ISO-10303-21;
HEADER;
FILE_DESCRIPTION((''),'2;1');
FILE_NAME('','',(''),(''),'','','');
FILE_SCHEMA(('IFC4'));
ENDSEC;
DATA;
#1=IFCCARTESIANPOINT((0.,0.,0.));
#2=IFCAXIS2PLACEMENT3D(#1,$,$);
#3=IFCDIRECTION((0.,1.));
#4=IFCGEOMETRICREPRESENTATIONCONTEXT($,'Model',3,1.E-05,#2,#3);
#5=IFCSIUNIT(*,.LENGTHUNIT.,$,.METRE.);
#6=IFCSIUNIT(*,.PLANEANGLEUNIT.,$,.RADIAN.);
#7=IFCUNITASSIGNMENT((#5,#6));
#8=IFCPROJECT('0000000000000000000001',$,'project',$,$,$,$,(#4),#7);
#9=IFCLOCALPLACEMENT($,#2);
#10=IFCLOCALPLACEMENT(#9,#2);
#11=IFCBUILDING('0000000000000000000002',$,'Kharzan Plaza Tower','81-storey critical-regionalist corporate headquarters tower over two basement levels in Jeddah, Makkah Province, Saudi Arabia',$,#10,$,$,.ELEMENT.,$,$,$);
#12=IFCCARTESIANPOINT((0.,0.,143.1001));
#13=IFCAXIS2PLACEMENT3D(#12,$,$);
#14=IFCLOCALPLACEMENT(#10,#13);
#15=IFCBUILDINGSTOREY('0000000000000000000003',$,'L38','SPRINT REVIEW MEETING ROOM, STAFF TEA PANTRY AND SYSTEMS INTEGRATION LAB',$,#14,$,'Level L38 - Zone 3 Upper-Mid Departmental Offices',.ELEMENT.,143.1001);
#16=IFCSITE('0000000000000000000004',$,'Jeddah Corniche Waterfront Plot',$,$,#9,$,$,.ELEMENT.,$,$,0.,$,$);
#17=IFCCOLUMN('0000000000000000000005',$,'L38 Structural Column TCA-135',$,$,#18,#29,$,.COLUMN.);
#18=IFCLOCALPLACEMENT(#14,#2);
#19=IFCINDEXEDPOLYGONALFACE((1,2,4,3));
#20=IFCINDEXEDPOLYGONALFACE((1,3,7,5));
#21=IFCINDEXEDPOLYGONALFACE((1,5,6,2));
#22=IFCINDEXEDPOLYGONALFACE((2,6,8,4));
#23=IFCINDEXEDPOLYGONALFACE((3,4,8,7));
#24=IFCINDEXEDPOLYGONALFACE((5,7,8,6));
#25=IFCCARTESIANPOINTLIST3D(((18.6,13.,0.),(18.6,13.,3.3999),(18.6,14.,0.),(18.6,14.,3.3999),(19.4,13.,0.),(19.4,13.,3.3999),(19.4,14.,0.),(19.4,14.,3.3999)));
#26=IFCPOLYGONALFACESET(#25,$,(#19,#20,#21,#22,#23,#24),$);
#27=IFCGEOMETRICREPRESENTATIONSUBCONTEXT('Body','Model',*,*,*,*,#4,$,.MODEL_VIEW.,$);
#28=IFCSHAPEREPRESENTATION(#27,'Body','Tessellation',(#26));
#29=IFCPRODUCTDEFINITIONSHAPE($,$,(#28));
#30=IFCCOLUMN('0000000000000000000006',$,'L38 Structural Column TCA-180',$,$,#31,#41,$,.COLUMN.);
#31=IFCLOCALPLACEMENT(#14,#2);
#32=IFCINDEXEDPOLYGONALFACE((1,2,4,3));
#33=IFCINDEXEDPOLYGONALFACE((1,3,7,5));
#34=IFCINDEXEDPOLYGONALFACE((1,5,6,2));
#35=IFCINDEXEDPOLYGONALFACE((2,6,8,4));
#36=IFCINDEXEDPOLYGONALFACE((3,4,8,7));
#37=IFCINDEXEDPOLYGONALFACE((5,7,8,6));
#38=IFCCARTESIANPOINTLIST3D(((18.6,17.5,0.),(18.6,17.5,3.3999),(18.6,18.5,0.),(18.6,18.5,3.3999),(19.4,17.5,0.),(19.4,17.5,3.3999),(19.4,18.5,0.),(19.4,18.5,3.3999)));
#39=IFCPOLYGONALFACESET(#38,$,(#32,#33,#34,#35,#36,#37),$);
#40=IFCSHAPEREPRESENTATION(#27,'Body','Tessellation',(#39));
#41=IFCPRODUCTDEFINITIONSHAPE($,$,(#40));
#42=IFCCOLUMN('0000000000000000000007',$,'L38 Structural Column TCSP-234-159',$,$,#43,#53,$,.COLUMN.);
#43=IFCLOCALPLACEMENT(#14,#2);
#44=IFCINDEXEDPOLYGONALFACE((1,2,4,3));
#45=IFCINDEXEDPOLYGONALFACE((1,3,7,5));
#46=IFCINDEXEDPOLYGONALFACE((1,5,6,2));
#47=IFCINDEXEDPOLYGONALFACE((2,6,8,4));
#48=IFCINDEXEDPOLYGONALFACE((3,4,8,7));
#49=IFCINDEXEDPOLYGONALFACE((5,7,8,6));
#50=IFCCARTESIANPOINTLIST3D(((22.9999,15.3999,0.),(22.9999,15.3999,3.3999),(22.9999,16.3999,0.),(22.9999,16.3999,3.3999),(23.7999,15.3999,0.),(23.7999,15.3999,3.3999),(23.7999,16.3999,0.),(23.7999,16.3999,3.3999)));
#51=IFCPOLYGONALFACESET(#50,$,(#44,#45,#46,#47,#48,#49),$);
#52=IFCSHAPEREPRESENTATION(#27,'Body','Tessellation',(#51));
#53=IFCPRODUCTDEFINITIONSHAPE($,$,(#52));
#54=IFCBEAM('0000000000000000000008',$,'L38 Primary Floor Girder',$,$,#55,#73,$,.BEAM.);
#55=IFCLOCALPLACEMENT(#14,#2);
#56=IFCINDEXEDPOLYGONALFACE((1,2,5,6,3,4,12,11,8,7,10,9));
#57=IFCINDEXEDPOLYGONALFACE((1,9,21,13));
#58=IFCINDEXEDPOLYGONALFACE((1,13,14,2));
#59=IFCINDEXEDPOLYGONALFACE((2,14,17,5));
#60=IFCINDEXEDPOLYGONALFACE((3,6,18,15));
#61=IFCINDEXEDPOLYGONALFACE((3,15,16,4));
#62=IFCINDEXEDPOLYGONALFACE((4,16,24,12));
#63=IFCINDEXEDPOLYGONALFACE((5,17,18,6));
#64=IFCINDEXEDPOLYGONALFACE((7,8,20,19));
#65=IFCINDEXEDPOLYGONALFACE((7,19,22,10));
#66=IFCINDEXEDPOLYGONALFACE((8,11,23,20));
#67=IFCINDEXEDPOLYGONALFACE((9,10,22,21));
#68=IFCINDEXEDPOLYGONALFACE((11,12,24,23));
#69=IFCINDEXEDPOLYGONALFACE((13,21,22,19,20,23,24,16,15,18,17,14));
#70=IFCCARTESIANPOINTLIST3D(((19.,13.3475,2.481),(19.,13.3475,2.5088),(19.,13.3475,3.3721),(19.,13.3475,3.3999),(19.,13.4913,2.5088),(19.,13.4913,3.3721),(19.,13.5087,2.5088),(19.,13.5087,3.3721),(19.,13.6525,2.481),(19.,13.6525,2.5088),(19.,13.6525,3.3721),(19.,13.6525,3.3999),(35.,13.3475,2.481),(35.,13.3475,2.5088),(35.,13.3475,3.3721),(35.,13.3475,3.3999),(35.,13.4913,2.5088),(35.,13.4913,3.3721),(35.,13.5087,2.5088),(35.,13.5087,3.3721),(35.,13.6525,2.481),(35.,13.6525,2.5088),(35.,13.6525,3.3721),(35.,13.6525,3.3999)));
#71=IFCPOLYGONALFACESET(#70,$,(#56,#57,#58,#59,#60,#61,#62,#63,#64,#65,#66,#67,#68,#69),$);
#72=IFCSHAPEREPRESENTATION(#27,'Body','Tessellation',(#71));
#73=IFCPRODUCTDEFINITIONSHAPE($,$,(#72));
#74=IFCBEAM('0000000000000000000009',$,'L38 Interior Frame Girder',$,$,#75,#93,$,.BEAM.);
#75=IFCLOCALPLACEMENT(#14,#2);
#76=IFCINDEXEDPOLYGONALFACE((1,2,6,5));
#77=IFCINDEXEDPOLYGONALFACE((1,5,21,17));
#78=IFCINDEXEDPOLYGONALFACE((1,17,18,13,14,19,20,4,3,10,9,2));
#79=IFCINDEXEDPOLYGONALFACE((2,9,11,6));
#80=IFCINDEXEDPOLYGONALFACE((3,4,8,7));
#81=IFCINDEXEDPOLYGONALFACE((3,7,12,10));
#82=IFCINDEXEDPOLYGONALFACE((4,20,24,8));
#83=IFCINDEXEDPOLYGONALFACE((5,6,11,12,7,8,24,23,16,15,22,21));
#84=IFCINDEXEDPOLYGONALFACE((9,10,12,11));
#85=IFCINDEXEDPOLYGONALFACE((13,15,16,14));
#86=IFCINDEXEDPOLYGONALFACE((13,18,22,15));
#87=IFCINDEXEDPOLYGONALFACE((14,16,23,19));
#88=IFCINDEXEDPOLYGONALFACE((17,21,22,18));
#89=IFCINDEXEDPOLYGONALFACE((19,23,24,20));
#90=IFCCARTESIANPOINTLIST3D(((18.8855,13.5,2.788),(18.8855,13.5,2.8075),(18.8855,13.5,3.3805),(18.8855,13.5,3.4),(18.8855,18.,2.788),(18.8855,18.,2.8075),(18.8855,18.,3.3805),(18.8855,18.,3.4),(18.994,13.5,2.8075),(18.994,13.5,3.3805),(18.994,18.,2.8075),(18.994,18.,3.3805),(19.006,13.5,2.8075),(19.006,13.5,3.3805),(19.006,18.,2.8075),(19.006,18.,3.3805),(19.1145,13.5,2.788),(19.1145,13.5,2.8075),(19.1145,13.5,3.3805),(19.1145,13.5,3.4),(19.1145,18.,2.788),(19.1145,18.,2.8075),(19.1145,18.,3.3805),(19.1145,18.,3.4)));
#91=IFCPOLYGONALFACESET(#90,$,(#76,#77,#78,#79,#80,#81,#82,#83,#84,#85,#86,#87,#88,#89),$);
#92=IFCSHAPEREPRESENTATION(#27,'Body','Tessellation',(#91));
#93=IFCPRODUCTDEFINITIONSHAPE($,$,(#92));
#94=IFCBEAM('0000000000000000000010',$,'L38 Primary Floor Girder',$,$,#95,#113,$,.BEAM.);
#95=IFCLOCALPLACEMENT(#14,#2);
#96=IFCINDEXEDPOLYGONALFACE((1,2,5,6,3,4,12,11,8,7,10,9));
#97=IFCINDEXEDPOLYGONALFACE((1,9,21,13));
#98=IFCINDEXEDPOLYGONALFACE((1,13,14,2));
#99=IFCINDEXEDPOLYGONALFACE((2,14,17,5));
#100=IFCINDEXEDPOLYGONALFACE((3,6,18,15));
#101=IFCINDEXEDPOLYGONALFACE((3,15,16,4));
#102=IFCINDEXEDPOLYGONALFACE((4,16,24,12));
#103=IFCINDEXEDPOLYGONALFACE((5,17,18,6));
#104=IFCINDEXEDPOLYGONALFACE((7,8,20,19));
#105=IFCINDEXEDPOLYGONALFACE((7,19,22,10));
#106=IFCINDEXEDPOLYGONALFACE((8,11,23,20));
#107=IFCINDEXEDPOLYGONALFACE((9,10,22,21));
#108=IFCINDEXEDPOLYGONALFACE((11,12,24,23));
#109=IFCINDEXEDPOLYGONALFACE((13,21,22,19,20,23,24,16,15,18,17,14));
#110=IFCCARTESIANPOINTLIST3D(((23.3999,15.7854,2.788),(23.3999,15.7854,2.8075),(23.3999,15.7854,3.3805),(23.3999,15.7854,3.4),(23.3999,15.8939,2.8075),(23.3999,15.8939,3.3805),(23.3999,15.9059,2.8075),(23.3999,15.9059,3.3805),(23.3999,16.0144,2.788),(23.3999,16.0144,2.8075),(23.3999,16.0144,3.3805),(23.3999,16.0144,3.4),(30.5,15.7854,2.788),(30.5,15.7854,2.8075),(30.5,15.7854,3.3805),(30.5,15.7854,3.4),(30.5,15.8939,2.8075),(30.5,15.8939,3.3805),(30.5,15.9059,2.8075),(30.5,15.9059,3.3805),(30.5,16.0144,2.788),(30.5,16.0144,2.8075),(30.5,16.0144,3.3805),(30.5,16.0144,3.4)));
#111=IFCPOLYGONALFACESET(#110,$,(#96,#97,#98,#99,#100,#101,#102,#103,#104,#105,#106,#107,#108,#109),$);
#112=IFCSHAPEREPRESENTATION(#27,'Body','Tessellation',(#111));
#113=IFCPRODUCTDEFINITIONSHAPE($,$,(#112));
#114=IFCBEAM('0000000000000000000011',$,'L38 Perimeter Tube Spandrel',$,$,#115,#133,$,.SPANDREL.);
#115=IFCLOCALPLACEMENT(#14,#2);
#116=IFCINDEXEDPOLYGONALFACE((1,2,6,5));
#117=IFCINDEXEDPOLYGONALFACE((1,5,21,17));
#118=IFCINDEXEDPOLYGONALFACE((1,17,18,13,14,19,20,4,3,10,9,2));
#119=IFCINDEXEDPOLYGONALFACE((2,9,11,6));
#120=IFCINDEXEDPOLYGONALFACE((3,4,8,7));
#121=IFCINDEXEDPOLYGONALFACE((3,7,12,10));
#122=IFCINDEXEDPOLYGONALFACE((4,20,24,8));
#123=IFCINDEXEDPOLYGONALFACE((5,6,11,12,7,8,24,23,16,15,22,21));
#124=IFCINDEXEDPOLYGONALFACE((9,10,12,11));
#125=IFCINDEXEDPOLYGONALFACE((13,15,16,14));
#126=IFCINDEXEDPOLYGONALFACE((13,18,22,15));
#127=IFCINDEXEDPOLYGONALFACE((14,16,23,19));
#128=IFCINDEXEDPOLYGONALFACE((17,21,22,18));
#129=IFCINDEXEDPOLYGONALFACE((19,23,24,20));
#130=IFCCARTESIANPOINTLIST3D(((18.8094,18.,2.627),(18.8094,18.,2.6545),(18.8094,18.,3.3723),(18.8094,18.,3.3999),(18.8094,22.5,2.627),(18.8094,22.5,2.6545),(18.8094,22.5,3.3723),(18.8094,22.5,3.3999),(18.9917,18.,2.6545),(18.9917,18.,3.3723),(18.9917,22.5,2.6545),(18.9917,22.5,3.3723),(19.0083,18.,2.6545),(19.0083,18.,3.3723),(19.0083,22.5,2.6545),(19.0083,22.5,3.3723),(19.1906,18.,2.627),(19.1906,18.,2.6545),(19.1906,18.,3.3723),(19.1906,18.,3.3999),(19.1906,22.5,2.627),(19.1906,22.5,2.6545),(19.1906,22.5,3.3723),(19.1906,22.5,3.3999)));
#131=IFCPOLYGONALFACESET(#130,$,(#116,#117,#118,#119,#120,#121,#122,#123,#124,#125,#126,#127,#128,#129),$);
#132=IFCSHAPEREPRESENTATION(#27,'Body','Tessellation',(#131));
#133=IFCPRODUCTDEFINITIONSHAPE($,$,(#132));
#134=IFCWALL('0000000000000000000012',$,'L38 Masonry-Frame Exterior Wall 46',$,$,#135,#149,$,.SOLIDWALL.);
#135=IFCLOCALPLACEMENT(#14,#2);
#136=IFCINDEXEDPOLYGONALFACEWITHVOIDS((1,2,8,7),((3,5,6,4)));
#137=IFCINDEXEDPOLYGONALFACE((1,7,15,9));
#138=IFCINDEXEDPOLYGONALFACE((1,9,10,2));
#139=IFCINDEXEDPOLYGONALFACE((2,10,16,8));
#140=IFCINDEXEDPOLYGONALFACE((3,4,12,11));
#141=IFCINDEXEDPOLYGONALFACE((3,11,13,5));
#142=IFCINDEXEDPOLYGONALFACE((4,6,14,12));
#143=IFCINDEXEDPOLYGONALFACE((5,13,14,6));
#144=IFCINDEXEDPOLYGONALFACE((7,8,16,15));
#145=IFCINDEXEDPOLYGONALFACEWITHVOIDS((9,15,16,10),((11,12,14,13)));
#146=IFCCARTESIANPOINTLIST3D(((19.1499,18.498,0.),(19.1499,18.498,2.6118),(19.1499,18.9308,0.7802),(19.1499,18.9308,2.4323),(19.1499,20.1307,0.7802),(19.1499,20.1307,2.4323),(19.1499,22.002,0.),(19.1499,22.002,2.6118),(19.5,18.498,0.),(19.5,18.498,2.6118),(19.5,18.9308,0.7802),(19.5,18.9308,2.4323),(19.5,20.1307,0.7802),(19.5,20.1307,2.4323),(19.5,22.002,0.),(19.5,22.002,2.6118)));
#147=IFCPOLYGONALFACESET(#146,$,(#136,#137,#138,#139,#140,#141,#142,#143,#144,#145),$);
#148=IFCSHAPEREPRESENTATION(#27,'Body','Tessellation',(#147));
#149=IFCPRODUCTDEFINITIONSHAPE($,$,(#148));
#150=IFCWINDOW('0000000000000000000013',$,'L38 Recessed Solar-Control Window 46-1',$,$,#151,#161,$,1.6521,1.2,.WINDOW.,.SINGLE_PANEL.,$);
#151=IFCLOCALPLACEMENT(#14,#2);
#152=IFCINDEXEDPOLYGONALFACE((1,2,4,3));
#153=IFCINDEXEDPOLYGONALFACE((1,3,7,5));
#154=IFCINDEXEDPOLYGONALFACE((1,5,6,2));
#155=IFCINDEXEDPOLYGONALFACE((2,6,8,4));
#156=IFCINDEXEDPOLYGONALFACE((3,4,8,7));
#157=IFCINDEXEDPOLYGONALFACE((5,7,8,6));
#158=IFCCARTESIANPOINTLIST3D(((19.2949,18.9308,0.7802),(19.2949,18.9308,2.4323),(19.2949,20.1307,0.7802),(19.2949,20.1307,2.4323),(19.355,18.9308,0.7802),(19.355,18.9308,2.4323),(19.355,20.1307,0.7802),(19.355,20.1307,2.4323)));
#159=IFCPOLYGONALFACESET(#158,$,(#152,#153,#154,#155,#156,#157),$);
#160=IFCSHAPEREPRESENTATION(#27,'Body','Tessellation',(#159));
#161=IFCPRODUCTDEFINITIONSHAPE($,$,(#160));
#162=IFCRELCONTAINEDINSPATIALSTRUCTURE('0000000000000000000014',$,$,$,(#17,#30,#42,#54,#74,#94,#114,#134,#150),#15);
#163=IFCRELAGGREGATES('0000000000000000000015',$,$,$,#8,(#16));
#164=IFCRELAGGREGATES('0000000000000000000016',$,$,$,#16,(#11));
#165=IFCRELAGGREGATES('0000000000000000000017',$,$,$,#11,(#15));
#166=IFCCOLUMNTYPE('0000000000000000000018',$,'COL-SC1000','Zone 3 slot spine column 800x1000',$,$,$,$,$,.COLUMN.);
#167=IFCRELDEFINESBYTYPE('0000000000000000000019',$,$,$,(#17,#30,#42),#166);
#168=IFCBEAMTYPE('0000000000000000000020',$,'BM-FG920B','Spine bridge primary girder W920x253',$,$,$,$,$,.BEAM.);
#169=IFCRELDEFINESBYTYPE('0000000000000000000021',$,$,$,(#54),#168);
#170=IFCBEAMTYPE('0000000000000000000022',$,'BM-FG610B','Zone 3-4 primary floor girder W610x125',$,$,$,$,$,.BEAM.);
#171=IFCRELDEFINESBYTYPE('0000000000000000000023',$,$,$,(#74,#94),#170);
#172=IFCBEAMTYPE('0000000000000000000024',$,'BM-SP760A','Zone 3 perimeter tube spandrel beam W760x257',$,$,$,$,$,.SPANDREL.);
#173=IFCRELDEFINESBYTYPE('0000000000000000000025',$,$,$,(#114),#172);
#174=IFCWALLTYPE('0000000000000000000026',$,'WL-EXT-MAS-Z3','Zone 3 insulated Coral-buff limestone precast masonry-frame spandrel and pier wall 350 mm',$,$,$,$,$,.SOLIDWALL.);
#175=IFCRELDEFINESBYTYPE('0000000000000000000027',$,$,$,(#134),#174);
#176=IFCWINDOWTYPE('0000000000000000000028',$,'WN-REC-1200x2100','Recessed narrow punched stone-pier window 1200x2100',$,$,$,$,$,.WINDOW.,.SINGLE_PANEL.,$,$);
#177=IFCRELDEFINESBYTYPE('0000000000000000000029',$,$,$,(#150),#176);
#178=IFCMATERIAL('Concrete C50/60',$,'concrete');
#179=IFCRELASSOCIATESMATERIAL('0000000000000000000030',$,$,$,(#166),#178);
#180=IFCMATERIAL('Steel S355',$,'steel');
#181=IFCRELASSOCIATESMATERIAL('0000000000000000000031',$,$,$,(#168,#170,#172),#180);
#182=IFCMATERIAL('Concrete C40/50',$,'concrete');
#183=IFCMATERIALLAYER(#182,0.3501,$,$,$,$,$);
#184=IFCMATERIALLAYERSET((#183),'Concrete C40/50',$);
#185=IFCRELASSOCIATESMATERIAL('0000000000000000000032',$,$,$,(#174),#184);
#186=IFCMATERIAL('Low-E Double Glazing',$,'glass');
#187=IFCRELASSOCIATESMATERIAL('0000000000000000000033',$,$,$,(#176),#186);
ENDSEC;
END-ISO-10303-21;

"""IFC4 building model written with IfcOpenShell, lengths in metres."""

from ifc_helpers import new_model, si_unit, direction, frame, frame_2d, origin, origin_2d, place, context, subcontext, project, spatial, rectangle, i_section, extrude, source, transform, mapped, material, layer, layer_set, material_profile, profile_set, type_object, element, fill, save


model = new_model("IFC4")

# Units and contexts
model_context = context("Model", 3, precision=1e-05, world=origin(), true_north=direction((0.0, 1.0)))
body_context = subcontext(model_context, "Body", "Model", "MODEL_VIEW")
ifc_project = project(units=[si_unit("LENGTHUNIT", "METRE"), si_unit("PLANEANGLEUNIT", "RADIAN")], contexts=[model_context])

# Site, building, storey
site_placement = place(None, origin())
site = spatial("IfcSite", under=ifc_project, at=site_placement, Name="Jeddah Corniche Waterfront Plot", CompositionType="ELEMENT", RefElevation=0.0)
building_placement = place(site_placement, origin())
building = spatial("IfcBuilding", under=site, at=building_placement, Name="Kharzan Plaza Tower", Description="81-storey critical-regionalist corporate headquarters tower over two basement levels in Jeddah, Makkah Province, Saudi Arabia", CompositionType="ELEMENT")
storey_placement = place(building_placement, frame((0.0, 0.0, 143.1001)))
storey = spatial("IfcBuildingStorey", under=building, at=storey_placement, Name="L38", Description="SPRINT REVIEW MEETING ROOM, STAFF TEA PANTRY AND SYSTEMS INTEGRATION LAB", LongName="Level L38 - Zone 3 Upper-Mid Departmental Offices", CompositionType="ELEMENT", Elevation=143.1001)

# Columns
ifc_material_1 = material(Name="Concrete C50/60", Category="concrete")
ifc_material_profile_1 = material_profile(ifc_material_1, rectangle(XDim=0.8, YDim=1.0, at=origin_2d()), Name="RC-SC1000x800")
ifc_profile_set_1 = profile_set([ifc_material_profile_1], Name="Concrete C50/60")
column_type = type_object("IfcColumnType", Name="COL-SC1000", Description="Zone 3 slot spine column 800x1000", PredefinedType="COLUMN", material=ifc_profile_set_1)
shared_shape_1 = source(origin(), body_context, "Body", "SweptSolid", [
    extrude(rectangle(XDim=0.8, YDim=1.0, at=origin_2d()), origin(), (0.0, 0.0, 1.0), 3.3999),
])
for number, where, z_axis, x_axis, name in (
    (1, (19.0, 13.5, 0.0), (0.0, 0.0, 1.0), (1.0, 0.0, 0.0), "L38 Structural Column TCA-135"),
    (2, (19.0, 18.0, 0.0), (0.0, 0.0, 1.0), (1.0, 0.0, 0.0), "L38 Structural Column TCA-180"),
    (3, (23.3999, 15.8999, 0.0), (0.0, 0.0, 1.0), (1.0, 0.0, 0.0), "L38 Structural Column TCSP-234-159"),
):
    element("IfcColumn", number, at=place(storey_placement, frame(where, z_axis=z_axis, x_axis=x_axis)), inside=storey, type_object=column_type, Name=name, PredefinedType="COLUMN", context=body_context, shape_type="MappedRepresentation", body=[
        mapped(shared_shape_1, transform((0.0, 0.0, 0.0), x_axis=(1.0, 0.0, 0.0), y_axis=(0.0, 1.0, 0.0), z_axis=(0.0, 0.0, 1.0))),
    ])

# Beams
ifc_material_2 = material(Name="Steel S355", Category="steel")
ifc_material_profile_2 = material_profile(ifc_material_2, i_section(OverallWidth=0.3049, OverallDepth=0.9189, WebThickness=0.0173, FlangeThickness=0.0278, at=origin_2d()), Name="W920x253")
ifc_profile_set_2 = profile_set([ifc_material_profile_2], Name="Steel S355")
beam_type_1 = type_object("IfcBeamType", Name="BM-FG920B", Description="Spine bridge primary girder W920x253", PredefinedType="BEAM", material=ifc_profile_set_2)
shared_shape_2 = source(origin(), body_context, "Body", "SweptSolid", [
    extrude(i_section(OverallWidth=0.3049, OverallDepth=0.9189, WebThickness=0.0173, FlangeThickness=0.0278, at=origin_2d()), origin(), (0.0, 0.0, 1.0), 16.0),
])
beam_1_placement = place(storey_placement, frame((19.0, 13.5, 2.9404), z_axis=(1.0, 0.0, 0.0), x_axis=(0.0, 1.0, 0.0)))
element("IfcBeam", 4, at=beam_1_placement, inside=storey, type_object=beam_type_1, Name="L38 Primary Floor Girder", PredefinedType="BEAM", context=body_context, shape_type="MappedRepresentation", body=[
    mapped(shared_shape_2, transform((0.0, 0.0, 0.0), x_axis=(1.0, 0.0, 0.0), y_axis=(0.0, 1.0, 0.0), z_axis=(0.0, 0.0, 1.0))),
])
ifc_material_profile_3 = material_profile(ifc_material_2, i_section(OverallWidth=0.229, OverallDepth=0.6121, WebThickness=0.012, FlangeThickness=0.0195, at=origin_2d()), Name="W610x125")
ifc_profile_set_3 = profile_set([ifc_material_profile_3], Name="Steel S355")
beam_type_2 = type_object("IfcBeamType", Name="BM-FG610B", Description="Zone 3-4 primary floor girder W610x125", PredefinedType="BEAM", material=ifc_profile_set_3)
shared_shape_3 = source(origin(), body_context, "Body", "SweptSolid", [
    extrude(i_section(OverallWidth=0.229, OverallDepth=0.6121, WebThickness=0.012, FlangeThickness=0.0195, at=origin_2d()), origin(), (0.0, 0.0, 1.0), 4.5),
])
beam_2_placement = place(storey_placement, frame((19.0, 13.5, 3.094), z_axis=(0.0, 1.0, 0.0), x_axis=(-1.0, 0.0, 0.0)))
element("IfcBeam", 5, at=beam_2_placement, inside=storey, type_object=beam_type_2, Name="L38 Interior Frame Girder", PredefinedType="BEAM", context=body_context, shape_type="MappedRepresentation", body=[
    mapped(shared_shape_3, transform((0.0, 0.0, 0.0), x_axis=(1.0, 0.0, 0.0), y_axis=(0.0, 1.0, 0.0), z_axis=(0.0, 0.0, 1.0))),
])
shared_shape_4 = source(origin(), body_context, "Body", "SweptSolid", [
    extrude(i_section(OverallWidth=0.229, OverallDepth=0.6121, WebThickness=0.012, FlangeThickness=0.0195, at=origin_2d()), origin(), (0.0, 0.0, 1.0), 7.1001),
])
beam_3_placement = place(storey_placement, frame((23.3999, 15.8999, 3.094), z_axis=(1.0, 0.0, 0.0), x_axis=(0.0, 1.0, 0.0)))
element("IfcBeam", 6, at=beam_3_placement, inside=storey, type_object=beam_type_2, Name="L38 Primary Floor Girder", PredefinedType="BEAM", context=body_context, shape_type="MappedRepresentation", body=[
    mapped(shared_shape_4, transform((0.0, 0.0, 0.0), x_axis=(1.0, 0.0, 0.0), y_axis=(0.0, 1.0, 0.0), z_axis=(0.0, 0.0, 1.0))),
])
ifc_material_profile_4 = material_profile(ifc_material_2, i_section(OverallWidth=0.3811, OverallDepth=0.7729, WebThickness=0.0166, FlangeThickness=0.0276, at=origin_2d()), Name="W760x257")
ifc_profile_set_4 = profile_set([ifc_material_profile_4], Name="Steel S355")
beam_type_3 = type_object("IfcBeamType", Name="BM-SP760A", Description="Zone 3 perimeter tube spandrel beam W760x257", PredefinedType="SPANDREL", material=ifc_profile_set_4)
shared_shape_5 = source(origin(), body_context, "Body", "SweptSolid", [
    extrude(i_section(OverallWidth=0.3811, OverallDepth=0.7729, WebThickness=0.0166, FlangeThickness=0.0276, at=origin_2d()), origin(), (0.0, 0.0, 1.0), 4.5),
])
beam_4_placement = place(storey_placement, frame((19.0, 18.0, 3.0134), z_axis=(0.0, 1.0, 0.0), x_axis=(-1.0, 0.0, 0.0)))
element("IfcBeam", 7, at=beam_4_placement, inside=storey, type_object=beam_type_3, Name="L38 Perimeter Tube Spandrel", PredefinedType="SPANDREL", context=body_context, shape_type="MappedRepresentation", body=[
    mapped(shared_shape_5, transform((0.0, 0.0, 0.0), x_axis=(1.0, 0.0, 0.0), y_axis=(0.0, 1.0, 0.0), z_axis=(0.0, 0.0, 1.0))),
])

# Wall, opening, window
ifc_material_3 = material(Name="Concrete C40/50", Category="concrete")
ifc_layer_1 = layer(ifc_material_3, 0.3501)
ifc_layer_set_1 = layer_set([ifc_layer_1], Name="Concrete C40/50")
wall_type_1 = type_object("IfcWallType", Name="WL-EXT-MAS-Z3", Description="Zone 3 insulated Coral-buff limestone precast masonry-frame spandrel and pier wall 350 mm", PredefinedType="SOLIDWALL", material=ifc_layer_set_1)
wall_1_placement = place(storey_placement, frame((19.325, 18.498, 0.0), z_axis=(0.0, 0.0, 1.0), x_axis=(0.0, 1.0, 0.0)))
wall_1 = element("IfcWall", 8, at=wall_1_placement, inside=storey, type_object=wall_type_1, Name="L38 Masonry-Frame Exterior Wall 46", PredefinedType="SOLIDWALL", context=body_context, shape_type="SweptSolid", body=[
    extrude(rectangle(XDim=3.5039, YDim=0.3501, at=frame_2d((1.752, 0.0))), origin(), (0.0, 0.0, 1.0), 2.6118),
])
opening_1_placement = place(wall_1_placement, frame((0.4326, 0.0, 0.78)))
opening_1 = element("IfcOpeningElement", 9, at=opening_1_placement, cuts=wall_1, PredefinedType="OPENING", context=body_context, shape_type="SweptSolid", body=[
    extrude(rectangle(XDim=1.2, YDim=1.6521, at=frame_2d((0.6001, 0.8262))), frame((0.0, 0.1851, 0.0), z_axis=(0.0, -1.0, 0.0), x_axis=(1.0, 0.0, 0.0)), (0.0, 0.0, 1.0), 0.3701),
])
ifc_material_4 = material(Name="Low-E Double Glazing", Category="glass")
window_type = type_object("IfcWindowType", Name="WN-REC-1200x2100", Description="Recessed narrow punched stone-pier window 1200x2100", PartitioningType="SINGLE_PANEL", PredefinedType="WINDOW", material=ifc_material_4)
shared_shape_6 = source(origin(), body_context, "Body", "SweptSolid", [
    extrude(rectangle(XDim=1.2, YDim=1.6521, at=frame_2d((0.6001, 0.8262))), frame((0.0, 0.03, 0.0), z_axis=(0.0, -1.0, 0.0), x_axis=(1.0, 0.0, 0.0)), (0.0, 0.0, 1.0), 0.0601),
])
window_placement = place(opening_1_placement, origin())
window = element("IfcWindow", 10, at=window_placement, inside=storey, type_object=window_type, Name="L38 Recessed Solar-Control Window 46-1", OverallHeight=1.6521, OverallWidth=1.2, PartitioningType="SINGLE_PANEL", PredefinedType="WINDOW", context=body_context, shape_type="MappedRepresentation", body=[
    mapped(shared_shape_6, transform((0.0, 0.0, 0.0), x_axis=(1.0, 0.0, 0.0), y_axis=(0.0, 1.0, 0.0), z_axis=(0.0, 0.0, 1.0))),
])
fill(opening_1, window)

save(model, "model.ifc")
